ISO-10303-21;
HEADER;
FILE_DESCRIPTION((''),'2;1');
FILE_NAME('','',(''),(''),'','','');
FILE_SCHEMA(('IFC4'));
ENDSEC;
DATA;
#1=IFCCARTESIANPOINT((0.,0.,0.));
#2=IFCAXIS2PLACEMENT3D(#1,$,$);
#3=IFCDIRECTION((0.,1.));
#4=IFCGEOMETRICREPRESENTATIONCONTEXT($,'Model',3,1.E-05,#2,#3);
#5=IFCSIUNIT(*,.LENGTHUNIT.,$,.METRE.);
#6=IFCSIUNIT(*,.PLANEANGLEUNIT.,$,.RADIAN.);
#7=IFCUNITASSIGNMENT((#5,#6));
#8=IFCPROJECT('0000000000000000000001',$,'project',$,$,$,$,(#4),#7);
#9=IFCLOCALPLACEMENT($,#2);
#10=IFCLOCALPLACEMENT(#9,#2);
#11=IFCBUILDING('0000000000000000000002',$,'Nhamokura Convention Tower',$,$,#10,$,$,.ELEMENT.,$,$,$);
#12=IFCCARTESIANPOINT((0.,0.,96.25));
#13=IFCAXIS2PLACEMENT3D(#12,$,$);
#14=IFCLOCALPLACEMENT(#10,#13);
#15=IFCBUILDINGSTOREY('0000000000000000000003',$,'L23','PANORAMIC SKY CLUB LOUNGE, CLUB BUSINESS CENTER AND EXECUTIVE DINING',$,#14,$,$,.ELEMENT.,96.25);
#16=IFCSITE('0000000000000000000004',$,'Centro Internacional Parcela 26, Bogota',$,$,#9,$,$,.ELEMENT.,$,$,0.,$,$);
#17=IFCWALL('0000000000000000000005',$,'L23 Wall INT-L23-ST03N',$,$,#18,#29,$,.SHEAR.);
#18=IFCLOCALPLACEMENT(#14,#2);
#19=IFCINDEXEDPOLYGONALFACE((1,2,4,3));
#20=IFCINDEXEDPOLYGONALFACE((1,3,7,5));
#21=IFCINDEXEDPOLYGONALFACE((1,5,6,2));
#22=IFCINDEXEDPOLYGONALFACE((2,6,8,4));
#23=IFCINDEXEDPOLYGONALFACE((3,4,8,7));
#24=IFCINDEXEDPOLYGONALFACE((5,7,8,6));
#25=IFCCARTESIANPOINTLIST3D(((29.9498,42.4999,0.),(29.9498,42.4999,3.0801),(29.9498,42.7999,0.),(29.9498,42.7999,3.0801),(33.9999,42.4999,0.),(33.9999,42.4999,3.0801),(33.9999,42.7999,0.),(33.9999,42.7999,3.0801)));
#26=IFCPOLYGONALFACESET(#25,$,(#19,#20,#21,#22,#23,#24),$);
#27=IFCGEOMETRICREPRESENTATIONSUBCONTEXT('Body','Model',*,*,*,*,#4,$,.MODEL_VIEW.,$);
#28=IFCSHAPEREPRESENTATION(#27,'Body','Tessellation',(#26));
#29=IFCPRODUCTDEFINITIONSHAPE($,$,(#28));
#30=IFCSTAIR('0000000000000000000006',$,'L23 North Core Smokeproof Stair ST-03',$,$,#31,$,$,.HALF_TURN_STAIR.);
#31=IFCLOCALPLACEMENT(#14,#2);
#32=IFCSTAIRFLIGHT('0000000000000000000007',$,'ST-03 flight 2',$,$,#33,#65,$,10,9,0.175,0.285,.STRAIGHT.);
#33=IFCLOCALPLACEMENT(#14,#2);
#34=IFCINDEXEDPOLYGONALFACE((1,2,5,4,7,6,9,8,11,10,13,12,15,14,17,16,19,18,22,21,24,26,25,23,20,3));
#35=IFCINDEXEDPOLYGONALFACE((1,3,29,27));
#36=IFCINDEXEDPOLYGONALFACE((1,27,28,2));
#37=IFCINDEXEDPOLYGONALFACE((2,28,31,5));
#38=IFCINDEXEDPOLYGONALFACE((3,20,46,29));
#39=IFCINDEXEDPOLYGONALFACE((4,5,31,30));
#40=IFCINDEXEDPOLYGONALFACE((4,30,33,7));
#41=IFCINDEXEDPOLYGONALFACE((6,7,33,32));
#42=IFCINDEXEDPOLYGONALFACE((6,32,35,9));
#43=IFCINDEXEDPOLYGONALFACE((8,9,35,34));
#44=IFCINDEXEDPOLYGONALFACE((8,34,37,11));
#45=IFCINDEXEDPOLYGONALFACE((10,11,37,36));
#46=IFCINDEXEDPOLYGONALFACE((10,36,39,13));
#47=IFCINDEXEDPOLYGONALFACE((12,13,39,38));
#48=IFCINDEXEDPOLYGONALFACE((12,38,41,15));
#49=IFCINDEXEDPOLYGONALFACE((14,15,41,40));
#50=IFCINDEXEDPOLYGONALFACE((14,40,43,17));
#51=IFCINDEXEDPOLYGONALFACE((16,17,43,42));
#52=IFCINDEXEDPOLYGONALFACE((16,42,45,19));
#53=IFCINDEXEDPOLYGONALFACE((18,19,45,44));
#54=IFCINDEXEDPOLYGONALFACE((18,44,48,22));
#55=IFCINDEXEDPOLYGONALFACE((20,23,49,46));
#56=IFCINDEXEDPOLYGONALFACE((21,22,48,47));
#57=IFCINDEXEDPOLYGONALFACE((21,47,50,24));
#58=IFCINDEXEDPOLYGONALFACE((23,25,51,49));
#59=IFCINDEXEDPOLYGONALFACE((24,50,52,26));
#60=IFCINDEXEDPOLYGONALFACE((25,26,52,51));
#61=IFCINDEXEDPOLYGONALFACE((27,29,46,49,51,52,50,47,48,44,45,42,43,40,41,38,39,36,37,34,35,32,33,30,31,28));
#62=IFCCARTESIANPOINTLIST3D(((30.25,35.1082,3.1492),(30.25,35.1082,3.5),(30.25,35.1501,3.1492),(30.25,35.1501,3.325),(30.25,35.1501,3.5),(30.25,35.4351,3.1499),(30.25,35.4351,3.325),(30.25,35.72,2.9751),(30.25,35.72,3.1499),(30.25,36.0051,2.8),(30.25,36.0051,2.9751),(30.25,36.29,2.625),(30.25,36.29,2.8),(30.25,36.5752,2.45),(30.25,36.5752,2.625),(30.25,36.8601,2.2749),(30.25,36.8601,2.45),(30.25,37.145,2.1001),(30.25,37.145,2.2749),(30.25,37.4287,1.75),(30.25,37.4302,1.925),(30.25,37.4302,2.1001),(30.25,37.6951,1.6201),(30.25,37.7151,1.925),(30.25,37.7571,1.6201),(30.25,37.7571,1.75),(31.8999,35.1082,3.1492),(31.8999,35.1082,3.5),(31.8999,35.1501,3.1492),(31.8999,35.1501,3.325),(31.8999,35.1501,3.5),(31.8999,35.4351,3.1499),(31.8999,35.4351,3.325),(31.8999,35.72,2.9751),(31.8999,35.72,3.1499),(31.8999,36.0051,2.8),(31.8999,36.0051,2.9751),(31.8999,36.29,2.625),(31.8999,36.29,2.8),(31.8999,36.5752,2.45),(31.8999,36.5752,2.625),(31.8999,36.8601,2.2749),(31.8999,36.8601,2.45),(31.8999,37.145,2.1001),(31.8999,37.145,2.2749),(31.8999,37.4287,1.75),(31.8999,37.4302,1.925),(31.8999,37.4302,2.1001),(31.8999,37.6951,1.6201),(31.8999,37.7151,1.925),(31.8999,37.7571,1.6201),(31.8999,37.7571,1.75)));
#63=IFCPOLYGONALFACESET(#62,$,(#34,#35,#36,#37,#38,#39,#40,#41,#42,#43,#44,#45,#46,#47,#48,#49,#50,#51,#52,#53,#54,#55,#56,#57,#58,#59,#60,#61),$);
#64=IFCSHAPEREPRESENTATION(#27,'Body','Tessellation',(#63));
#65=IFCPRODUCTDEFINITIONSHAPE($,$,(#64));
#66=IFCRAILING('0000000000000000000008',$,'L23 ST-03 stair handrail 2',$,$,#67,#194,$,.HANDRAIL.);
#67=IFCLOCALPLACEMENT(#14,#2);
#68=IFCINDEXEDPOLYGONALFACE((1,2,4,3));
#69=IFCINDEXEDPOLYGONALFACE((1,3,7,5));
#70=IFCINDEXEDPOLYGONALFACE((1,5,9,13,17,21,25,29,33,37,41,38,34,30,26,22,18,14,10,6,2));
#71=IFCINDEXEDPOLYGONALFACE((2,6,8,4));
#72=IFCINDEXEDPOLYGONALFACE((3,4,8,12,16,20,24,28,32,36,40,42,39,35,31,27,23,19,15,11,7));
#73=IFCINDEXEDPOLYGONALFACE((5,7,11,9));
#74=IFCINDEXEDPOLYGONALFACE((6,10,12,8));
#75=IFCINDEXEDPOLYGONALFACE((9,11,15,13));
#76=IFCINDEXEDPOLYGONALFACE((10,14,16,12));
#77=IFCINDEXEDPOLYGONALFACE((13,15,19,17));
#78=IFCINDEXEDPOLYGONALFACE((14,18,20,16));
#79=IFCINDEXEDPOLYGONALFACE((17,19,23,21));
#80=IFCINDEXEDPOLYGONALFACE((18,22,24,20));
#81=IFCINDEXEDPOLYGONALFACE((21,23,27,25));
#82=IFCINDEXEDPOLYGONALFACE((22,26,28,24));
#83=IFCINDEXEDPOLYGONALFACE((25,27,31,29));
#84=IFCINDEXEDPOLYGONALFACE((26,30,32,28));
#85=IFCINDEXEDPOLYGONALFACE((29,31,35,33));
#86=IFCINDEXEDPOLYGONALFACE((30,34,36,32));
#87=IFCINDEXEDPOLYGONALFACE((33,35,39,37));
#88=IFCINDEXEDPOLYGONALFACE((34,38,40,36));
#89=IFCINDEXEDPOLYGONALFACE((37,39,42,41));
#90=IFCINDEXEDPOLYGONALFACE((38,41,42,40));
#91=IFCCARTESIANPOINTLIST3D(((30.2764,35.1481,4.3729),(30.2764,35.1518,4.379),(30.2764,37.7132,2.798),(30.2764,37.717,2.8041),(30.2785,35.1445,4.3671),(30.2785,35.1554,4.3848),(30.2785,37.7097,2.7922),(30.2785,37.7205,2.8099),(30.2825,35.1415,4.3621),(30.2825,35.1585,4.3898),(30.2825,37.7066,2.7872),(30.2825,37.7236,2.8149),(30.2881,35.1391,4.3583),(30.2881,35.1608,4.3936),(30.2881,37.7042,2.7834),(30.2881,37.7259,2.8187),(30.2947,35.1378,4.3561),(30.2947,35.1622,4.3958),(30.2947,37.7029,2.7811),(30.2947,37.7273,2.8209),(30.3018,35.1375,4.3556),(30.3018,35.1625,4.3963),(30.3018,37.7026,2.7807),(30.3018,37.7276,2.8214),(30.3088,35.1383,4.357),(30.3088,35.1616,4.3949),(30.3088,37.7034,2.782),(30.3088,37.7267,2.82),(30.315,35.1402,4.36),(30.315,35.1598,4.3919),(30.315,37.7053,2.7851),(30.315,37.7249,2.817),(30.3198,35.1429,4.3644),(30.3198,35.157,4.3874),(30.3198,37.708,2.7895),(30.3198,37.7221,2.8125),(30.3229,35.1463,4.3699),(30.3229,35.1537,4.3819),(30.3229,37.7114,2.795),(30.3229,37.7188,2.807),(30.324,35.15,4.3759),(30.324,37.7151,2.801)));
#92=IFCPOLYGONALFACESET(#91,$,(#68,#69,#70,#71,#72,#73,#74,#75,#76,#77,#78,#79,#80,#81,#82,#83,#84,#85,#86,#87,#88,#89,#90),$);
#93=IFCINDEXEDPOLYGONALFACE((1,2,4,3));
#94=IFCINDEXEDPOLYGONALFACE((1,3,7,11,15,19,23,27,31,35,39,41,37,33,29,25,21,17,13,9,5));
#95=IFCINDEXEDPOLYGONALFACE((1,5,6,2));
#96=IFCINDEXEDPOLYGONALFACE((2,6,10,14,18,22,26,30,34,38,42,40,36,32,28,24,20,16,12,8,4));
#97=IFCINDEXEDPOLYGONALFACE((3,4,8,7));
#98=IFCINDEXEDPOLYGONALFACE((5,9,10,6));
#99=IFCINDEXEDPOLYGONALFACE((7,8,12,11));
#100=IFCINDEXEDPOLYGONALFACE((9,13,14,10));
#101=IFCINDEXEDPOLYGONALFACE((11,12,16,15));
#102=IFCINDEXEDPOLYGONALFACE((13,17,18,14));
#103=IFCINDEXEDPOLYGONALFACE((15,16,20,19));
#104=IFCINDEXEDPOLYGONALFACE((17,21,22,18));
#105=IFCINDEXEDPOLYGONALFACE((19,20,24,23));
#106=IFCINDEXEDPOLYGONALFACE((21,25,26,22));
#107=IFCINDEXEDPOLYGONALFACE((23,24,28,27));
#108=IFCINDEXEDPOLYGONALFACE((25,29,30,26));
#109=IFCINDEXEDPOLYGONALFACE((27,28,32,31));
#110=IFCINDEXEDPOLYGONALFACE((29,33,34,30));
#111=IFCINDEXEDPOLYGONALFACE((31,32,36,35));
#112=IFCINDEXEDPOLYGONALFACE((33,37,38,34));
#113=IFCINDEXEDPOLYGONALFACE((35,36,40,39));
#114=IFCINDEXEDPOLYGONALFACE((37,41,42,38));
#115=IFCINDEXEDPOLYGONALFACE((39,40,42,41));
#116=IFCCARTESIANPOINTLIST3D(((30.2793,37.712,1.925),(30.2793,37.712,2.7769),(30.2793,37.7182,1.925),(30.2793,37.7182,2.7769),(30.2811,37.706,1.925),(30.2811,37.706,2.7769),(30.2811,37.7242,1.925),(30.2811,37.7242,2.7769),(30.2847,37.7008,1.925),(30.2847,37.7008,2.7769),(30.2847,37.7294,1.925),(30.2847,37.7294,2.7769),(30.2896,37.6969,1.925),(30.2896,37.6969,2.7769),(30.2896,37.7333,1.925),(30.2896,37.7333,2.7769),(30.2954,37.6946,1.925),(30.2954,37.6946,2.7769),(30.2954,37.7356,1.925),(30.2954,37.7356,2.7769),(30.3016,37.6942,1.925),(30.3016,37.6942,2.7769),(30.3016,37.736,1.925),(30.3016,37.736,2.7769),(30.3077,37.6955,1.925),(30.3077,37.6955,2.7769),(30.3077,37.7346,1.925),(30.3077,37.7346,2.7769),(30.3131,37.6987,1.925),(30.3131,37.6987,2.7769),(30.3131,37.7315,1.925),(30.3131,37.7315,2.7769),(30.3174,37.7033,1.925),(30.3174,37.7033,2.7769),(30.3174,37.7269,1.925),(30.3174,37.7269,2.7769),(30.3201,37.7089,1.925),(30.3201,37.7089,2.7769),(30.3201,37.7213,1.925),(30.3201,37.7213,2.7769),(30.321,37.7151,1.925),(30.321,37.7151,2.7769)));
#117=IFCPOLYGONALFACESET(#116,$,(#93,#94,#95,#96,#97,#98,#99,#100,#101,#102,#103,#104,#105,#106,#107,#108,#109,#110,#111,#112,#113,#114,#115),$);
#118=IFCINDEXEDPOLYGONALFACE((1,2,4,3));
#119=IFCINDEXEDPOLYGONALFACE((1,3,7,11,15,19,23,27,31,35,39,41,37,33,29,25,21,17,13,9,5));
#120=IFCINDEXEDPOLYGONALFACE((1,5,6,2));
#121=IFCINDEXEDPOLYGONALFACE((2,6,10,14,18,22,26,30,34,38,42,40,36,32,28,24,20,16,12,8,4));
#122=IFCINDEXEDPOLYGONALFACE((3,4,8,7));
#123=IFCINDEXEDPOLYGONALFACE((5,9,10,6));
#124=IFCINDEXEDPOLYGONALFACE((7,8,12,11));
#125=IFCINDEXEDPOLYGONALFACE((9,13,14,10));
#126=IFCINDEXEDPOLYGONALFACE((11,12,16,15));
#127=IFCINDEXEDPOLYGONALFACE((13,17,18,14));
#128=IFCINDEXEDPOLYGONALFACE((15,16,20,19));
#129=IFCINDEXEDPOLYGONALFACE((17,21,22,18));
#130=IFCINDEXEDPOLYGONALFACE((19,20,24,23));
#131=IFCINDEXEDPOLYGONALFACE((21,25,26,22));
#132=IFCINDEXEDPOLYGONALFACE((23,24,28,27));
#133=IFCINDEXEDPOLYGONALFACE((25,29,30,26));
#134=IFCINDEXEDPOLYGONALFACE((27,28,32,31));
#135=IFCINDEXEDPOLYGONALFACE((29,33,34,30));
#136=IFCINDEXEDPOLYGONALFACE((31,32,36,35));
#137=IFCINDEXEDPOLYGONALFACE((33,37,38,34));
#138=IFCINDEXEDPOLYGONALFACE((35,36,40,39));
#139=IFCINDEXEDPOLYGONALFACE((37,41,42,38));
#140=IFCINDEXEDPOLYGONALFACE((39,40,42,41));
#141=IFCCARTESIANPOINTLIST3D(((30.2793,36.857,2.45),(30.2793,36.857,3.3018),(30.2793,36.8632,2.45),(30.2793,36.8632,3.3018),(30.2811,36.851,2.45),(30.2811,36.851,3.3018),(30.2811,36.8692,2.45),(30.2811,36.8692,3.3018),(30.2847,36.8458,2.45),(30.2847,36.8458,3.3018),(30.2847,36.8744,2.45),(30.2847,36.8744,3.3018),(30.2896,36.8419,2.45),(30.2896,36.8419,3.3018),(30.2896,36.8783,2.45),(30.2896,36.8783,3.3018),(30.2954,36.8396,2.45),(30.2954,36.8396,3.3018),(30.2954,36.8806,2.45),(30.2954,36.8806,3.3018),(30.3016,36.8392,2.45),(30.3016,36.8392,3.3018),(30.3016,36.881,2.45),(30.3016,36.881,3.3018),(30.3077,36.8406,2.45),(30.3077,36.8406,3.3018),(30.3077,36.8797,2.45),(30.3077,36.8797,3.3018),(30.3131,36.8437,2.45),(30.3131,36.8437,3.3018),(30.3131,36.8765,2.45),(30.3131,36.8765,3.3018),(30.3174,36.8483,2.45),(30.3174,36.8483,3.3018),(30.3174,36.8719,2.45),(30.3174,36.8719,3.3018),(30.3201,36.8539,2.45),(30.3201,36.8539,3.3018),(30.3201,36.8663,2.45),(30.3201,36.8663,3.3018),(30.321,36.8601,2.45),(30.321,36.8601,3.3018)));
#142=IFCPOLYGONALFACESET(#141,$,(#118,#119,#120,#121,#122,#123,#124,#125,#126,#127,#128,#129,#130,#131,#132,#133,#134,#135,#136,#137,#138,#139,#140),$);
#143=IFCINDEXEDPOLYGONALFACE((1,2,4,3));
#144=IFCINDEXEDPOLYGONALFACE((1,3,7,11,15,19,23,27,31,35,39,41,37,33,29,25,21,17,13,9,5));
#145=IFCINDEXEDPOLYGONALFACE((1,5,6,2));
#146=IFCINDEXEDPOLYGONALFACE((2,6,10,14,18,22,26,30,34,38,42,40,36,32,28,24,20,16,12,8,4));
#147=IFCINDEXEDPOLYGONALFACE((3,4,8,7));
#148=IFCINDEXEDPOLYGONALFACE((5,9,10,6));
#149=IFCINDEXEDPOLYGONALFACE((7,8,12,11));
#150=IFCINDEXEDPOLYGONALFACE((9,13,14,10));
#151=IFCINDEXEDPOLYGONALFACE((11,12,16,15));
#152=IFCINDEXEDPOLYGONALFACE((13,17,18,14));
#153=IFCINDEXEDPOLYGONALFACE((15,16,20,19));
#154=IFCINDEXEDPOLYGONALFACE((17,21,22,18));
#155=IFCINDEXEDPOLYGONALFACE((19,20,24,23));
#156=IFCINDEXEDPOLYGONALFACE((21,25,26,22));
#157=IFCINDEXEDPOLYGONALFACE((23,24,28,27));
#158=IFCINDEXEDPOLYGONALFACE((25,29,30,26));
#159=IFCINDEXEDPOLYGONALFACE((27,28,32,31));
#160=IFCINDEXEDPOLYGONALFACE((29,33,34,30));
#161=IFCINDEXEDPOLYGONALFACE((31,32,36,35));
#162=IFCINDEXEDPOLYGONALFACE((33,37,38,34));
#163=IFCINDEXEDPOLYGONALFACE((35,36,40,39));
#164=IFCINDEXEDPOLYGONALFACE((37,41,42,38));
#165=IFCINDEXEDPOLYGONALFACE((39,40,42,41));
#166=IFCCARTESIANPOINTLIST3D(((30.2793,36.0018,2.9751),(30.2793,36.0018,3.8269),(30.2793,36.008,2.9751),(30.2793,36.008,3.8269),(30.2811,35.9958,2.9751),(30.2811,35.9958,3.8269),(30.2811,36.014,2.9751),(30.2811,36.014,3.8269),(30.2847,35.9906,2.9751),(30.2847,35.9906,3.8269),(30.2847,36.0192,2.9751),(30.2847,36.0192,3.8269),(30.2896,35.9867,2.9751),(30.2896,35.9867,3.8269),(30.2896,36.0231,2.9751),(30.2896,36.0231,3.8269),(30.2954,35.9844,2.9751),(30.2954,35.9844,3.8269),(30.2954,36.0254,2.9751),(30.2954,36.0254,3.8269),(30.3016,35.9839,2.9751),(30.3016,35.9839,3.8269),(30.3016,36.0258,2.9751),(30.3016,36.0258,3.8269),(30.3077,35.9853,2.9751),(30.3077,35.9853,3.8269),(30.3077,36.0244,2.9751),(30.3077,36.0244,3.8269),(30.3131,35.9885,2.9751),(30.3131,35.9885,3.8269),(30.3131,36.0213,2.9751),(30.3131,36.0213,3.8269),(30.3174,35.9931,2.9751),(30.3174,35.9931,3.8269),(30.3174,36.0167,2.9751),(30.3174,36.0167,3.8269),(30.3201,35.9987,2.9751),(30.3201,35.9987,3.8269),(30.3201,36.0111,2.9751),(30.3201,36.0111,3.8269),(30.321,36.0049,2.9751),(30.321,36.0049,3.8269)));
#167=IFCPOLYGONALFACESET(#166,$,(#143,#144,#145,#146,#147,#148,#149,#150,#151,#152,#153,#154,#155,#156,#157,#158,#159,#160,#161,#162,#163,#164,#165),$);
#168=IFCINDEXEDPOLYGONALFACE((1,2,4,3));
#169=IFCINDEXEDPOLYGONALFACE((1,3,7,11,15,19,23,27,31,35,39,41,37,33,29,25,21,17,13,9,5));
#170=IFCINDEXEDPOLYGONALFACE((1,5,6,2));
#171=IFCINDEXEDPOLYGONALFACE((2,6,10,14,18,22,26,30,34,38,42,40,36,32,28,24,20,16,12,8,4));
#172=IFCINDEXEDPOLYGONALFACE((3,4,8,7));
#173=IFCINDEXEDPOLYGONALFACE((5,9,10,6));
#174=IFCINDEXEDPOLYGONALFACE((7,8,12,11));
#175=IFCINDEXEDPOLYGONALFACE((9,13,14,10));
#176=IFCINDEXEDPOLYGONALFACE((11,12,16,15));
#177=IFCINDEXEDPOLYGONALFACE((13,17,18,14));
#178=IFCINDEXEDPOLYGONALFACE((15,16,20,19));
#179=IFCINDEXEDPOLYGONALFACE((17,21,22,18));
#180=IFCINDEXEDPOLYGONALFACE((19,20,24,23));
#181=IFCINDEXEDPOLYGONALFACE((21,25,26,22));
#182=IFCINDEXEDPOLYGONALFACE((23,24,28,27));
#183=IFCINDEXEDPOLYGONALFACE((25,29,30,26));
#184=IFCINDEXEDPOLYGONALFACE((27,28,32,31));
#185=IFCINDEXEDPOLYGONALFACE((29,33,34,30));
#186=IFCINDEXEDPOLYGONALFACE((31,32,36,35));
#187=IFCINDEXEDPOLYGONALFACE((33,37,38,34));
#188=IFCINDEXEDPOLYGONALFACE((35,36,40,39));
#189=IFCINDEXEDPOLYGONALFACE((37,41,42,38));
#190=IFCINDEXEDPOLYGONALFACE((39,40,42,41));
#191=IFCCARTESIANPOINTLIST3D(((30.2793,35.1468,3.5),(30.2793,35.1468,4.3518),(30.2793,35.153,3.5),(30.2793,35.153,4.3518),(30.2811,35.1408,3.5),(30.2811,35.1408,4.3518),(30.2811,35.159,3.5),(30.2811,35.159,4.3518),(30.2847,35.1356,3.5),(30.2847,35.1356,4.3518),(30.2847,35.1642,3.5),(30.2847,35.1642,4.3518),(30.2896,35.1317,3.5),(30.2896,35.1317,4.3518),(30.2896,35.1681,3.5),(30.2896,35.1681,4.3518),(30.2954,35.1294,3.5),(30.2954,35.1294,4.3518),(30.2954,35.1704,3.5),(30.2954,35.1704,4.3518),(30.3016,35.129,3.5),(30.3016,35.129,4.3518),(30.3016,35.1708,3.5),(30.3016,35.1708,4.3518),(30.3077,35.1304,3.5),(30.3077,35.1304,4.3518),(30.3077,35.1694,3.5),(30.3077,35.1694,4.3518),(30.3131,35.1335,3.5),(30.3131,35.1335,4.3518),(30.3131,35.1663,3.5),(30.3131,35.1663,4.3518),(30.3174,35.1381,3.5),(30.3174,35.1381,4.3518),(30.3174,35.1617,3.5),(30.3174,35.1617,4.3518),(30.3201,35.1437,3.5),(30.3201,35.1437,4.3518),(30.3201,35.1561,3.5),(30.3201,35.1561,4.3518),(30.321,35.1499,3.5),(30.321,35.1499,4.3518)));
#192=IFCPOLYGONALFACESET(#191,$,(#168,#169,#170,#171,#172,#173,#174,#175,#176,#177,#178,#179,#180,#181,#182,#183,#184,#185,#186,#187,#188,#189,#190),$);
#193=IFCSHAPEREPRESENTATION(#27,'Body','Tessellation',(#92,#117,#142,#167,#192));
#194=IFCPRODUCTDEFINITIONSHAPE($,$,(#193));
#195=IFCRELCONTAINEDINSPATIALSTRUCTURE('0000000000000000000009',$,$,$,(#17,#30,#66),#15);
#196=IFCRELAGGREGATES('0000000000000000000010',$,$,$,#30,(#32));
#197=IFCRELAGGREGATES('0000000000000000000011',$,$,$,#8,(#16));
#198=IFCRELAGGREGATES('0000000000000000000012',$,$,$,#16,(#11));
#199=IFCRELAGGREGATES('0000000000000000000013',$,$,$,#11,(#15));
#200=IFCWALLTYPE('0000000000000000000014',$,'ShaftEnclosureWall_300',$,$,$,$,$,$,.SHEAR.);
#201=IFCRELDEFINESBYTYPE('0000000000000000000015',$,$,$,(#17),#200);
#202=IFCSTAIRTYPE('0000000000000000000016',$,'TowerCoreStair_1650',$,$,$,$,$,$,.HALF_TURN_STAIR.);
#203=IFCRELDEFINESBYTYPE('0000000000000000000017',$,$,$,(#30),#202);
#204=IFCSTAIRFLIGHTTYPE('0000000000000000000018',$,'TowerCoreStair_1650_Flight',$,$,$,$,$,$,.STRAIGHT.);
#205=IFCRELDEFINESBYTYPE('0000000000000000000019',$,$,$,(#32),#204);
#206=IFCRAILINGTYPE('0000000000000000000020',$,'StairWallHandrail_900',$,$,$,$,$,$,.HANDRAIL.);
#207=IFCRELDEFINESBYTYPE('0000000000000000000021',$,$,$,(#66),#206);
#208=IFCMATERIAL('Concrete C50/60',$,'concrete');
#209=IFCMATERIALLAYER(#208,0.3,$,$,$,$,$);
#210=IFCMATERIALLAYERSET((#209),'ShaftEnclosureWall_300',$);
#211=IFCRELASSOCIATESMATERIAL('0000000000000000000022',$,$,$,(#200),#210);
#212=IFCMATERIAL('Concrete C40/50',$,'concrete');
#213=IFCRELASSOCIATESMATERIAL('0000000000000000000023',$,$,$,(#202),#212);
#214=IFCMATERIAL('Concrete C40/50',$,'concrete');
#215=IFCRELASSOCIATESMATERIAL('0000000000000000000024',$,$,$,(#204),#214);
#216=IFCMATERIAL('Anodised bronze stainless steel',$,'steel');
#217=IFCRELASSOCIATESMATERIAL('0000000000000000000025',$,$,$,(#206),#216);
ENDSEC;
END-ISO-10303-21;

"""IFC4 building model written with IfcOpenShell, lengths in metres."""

from ifc_helpers import new_model, si_unit, direction, frame, frame_2d, origin, origin_2d, place, context, subcontext, project, spatial, polyline, rectangle, circle, outline, extrude, material, layer, layer_set, type_object, element, aggregate, save


model = new_model("IFC4")

# Units and contexts
model_context = context("Model", 3, precision=1e-05, world=origin(), true_north=direction((0.0, 1.0)))
body_context = subcontext(model_context, "Body", "Model", "MODEL_VIEW")
ifc_project = project(units=[si_unit("LENGTHUNIT", "METRE"), si_unit("PLANEANGLEUNIT", "RADIAN")], contexts=[model_context])

# Site, building, storey
site_placement = place(None, origin())
site = spatial("IfcSite", under=ifc_project, at=site_placement, Name="Centro Internacional Parcela 26, Bogota", CompositionType="ELEMENT", RefElevation=0.0)
building_placement = place(site_placement, origin())
building = spatial("IfcBuilding", under=site, at=building_placement, Name="Nhamokura Convention Tower", CompositionType="ELEMENT")
storey_placement = place(building_placement, frame((0.0, 0.0, 96.25)))
storey = spatial("IfcBuildingStorey", under=building, at=storey_placement, Name="L23", Description="PANORAMIC SKY CLUB LOUNGE, CLUB BUSINESS CENTER AND EXECUTIVE DINING", CompositionType="ELEMENT", Elevation=96.25)

# Shared definitions
ifc_material_1 = material(Name="Concrete C50/60", Category="concrete")
ifc_layer_1 = layer(ifc_material_1, 0.3)
ifc_layer_set_1 = layer_set([ifc_layer_1], Name="ShaftEnclosureWall_300")
wall_type_1 = type_object("IfcWallType", Name="ShaftEnclosureWall_300", PredefinedType="SHEAR", material=ifc_layer_set_1)

# Wall
wall_1_placement = place(storey_placement, frame((29.95, 42.6499, 0.0), z_axis=(0.0, 0.0, 1.0), x_axis=(1.0, 0.0, 0.0)))
element("IfcWall", 1, at=wall_1_placement, inside=storey, type_object=wall_type_1, Name="L23 Wall INT-L23-ST03N", PredefinedType="SHEAR", context=body_context, shape_type="SweptSolid", body=[
    extrude(rectangle(XDim=4.05, YDim=0.3, at=frame_2d((2.0249, 0.0))), origin(), (0.0, 0.0, 1.0), 3.0801),
])

# Stair, stair flight
ifc_material_2 = material(Name="Concrete C40/50", Category="concrete")
stair_type = type_object("IfcStairType", Name="TowerCoreStair_1650", PredefinedType="HALF_TURN_STAIR", material=ifc_material_2)
stair_placement = place(storey_placement, origin())
stair = element("IfcStair", 2, at=stair_placement, inside=storey, type_object=stair_type, Name="L23 North Core Smokeproof Stair ST-03", PredefinedType="HALF_TURN_STAIR")
ifc_material_3 = material(Name="Concrete C40/50", Category="concrete")
stair_flight_type = type_object("IfcStairFlightType", Name="TowerCoreStair_1650_Flight", PredefinedType="STRAIGHT", material=ifc_material_3)
stair_flight_placement = place(storey_placement, frame((31.075, 37.7151, 1.75), z_axis=(0.0, 0.0, 1.0), x_axis=(0.0, -1.0, 0.0)))
stair_flight = element("IfcStairFlight", 3, at=stair_flight_placement, type_object=stair_flight_type, Name="ST-03 flight 2", NumberOfRisers=10, NumberOfTreads=9, PredefinedType="STRAIGHT", RiserHeight=0.175, TreadLength=0.285, context=body_context, shape_type="SweptSolid", body=[
    extrude(outline(polyline([(-0.042, 0.0), (0.0, 0.175), (0.2849, 0.175), (0.2849, 0.3501), (0.5701, 0.3501), (0.5701, 0.5249), (0.855, 0.5249), (0.855, 0.7), (1.1399, 0.7), (1.1399, 0.875), (1.425, 0.875), (1.425, 1.05), (1.71, 1.05), (1.71, 1.2251), (1.9951, 1.2251), (1.9951, 1.3999), (2.28, 1.3999), (2.28, 1.575), (2.5649, 1.575), (2.5649, 1.75), (2.6069, 1.75), (2.6069, 1.3992), (2.5649, 1.3992), (0.2864, 0.0), (0.02, -0.1299), (-0.042, -0.1299), (-0.042, 0.0)])), frame((0.0, 0.825, 0.0), z_axis=(0.0, -1.0, 0.0), x_axis=(1.0, 0.0, 0.0)), (0.0, 0.0, 1.0), 1.6499),
])
aggregate(stair, [stair_flight])

# Railing
ifc_material_4 = material(Name="Anodised bronze stainless steel", Category="steel")
railing_type_1 = type_object("IfcRailingType", Name="StairWallHandrail_900", PredefinedType="HANDRAIL", material=ifc_material_4)
railing_1_placement = place(storey_placement, frame((30.3, 37.7151, 1.925)))
element("IfcRailing", 4, at=railing_1_placement, inside=storey, type_object=railing_type_1, Name="L23 ST-03 stair handrail 2", PredefinedType="HANDRAIL", context=body_context, shape_type="SweptSolid", body=[
    extrude(circle(Radius=0.0239, at=origin_2d()), frame((0.0, 0.0, 0.876), z_axis=(0.0, -0.852195, 0.523224), x_axis=(1.0, 0.0, 0.0)), (0.0, 0.0, 1.0), 3.01),
    extrude(circle(Radius=0.021, at=origin_2d()), origin(), (0.0, 0.0, 1.0), 0.8518),
    extrude(circle(Radius=0.021, at=origin_2d()), frame((0.0, -0.855, 0.5249)), (0.0, 0.0, 1.0), 0.8518),
    extrude(circle(Radius=0.021, at=origin_2d()), frame((0.0, -1.7102, 1.05)), (0.0, 0.0, 1.0), 0.8518),
    extrude(circle(Radius=0.021, at=origin_2d()), frame((0.0, -2.5652, 1.575)), (0.0, 0.0, 1.0), 0.8518),
])

save(model, "model.ifc")
